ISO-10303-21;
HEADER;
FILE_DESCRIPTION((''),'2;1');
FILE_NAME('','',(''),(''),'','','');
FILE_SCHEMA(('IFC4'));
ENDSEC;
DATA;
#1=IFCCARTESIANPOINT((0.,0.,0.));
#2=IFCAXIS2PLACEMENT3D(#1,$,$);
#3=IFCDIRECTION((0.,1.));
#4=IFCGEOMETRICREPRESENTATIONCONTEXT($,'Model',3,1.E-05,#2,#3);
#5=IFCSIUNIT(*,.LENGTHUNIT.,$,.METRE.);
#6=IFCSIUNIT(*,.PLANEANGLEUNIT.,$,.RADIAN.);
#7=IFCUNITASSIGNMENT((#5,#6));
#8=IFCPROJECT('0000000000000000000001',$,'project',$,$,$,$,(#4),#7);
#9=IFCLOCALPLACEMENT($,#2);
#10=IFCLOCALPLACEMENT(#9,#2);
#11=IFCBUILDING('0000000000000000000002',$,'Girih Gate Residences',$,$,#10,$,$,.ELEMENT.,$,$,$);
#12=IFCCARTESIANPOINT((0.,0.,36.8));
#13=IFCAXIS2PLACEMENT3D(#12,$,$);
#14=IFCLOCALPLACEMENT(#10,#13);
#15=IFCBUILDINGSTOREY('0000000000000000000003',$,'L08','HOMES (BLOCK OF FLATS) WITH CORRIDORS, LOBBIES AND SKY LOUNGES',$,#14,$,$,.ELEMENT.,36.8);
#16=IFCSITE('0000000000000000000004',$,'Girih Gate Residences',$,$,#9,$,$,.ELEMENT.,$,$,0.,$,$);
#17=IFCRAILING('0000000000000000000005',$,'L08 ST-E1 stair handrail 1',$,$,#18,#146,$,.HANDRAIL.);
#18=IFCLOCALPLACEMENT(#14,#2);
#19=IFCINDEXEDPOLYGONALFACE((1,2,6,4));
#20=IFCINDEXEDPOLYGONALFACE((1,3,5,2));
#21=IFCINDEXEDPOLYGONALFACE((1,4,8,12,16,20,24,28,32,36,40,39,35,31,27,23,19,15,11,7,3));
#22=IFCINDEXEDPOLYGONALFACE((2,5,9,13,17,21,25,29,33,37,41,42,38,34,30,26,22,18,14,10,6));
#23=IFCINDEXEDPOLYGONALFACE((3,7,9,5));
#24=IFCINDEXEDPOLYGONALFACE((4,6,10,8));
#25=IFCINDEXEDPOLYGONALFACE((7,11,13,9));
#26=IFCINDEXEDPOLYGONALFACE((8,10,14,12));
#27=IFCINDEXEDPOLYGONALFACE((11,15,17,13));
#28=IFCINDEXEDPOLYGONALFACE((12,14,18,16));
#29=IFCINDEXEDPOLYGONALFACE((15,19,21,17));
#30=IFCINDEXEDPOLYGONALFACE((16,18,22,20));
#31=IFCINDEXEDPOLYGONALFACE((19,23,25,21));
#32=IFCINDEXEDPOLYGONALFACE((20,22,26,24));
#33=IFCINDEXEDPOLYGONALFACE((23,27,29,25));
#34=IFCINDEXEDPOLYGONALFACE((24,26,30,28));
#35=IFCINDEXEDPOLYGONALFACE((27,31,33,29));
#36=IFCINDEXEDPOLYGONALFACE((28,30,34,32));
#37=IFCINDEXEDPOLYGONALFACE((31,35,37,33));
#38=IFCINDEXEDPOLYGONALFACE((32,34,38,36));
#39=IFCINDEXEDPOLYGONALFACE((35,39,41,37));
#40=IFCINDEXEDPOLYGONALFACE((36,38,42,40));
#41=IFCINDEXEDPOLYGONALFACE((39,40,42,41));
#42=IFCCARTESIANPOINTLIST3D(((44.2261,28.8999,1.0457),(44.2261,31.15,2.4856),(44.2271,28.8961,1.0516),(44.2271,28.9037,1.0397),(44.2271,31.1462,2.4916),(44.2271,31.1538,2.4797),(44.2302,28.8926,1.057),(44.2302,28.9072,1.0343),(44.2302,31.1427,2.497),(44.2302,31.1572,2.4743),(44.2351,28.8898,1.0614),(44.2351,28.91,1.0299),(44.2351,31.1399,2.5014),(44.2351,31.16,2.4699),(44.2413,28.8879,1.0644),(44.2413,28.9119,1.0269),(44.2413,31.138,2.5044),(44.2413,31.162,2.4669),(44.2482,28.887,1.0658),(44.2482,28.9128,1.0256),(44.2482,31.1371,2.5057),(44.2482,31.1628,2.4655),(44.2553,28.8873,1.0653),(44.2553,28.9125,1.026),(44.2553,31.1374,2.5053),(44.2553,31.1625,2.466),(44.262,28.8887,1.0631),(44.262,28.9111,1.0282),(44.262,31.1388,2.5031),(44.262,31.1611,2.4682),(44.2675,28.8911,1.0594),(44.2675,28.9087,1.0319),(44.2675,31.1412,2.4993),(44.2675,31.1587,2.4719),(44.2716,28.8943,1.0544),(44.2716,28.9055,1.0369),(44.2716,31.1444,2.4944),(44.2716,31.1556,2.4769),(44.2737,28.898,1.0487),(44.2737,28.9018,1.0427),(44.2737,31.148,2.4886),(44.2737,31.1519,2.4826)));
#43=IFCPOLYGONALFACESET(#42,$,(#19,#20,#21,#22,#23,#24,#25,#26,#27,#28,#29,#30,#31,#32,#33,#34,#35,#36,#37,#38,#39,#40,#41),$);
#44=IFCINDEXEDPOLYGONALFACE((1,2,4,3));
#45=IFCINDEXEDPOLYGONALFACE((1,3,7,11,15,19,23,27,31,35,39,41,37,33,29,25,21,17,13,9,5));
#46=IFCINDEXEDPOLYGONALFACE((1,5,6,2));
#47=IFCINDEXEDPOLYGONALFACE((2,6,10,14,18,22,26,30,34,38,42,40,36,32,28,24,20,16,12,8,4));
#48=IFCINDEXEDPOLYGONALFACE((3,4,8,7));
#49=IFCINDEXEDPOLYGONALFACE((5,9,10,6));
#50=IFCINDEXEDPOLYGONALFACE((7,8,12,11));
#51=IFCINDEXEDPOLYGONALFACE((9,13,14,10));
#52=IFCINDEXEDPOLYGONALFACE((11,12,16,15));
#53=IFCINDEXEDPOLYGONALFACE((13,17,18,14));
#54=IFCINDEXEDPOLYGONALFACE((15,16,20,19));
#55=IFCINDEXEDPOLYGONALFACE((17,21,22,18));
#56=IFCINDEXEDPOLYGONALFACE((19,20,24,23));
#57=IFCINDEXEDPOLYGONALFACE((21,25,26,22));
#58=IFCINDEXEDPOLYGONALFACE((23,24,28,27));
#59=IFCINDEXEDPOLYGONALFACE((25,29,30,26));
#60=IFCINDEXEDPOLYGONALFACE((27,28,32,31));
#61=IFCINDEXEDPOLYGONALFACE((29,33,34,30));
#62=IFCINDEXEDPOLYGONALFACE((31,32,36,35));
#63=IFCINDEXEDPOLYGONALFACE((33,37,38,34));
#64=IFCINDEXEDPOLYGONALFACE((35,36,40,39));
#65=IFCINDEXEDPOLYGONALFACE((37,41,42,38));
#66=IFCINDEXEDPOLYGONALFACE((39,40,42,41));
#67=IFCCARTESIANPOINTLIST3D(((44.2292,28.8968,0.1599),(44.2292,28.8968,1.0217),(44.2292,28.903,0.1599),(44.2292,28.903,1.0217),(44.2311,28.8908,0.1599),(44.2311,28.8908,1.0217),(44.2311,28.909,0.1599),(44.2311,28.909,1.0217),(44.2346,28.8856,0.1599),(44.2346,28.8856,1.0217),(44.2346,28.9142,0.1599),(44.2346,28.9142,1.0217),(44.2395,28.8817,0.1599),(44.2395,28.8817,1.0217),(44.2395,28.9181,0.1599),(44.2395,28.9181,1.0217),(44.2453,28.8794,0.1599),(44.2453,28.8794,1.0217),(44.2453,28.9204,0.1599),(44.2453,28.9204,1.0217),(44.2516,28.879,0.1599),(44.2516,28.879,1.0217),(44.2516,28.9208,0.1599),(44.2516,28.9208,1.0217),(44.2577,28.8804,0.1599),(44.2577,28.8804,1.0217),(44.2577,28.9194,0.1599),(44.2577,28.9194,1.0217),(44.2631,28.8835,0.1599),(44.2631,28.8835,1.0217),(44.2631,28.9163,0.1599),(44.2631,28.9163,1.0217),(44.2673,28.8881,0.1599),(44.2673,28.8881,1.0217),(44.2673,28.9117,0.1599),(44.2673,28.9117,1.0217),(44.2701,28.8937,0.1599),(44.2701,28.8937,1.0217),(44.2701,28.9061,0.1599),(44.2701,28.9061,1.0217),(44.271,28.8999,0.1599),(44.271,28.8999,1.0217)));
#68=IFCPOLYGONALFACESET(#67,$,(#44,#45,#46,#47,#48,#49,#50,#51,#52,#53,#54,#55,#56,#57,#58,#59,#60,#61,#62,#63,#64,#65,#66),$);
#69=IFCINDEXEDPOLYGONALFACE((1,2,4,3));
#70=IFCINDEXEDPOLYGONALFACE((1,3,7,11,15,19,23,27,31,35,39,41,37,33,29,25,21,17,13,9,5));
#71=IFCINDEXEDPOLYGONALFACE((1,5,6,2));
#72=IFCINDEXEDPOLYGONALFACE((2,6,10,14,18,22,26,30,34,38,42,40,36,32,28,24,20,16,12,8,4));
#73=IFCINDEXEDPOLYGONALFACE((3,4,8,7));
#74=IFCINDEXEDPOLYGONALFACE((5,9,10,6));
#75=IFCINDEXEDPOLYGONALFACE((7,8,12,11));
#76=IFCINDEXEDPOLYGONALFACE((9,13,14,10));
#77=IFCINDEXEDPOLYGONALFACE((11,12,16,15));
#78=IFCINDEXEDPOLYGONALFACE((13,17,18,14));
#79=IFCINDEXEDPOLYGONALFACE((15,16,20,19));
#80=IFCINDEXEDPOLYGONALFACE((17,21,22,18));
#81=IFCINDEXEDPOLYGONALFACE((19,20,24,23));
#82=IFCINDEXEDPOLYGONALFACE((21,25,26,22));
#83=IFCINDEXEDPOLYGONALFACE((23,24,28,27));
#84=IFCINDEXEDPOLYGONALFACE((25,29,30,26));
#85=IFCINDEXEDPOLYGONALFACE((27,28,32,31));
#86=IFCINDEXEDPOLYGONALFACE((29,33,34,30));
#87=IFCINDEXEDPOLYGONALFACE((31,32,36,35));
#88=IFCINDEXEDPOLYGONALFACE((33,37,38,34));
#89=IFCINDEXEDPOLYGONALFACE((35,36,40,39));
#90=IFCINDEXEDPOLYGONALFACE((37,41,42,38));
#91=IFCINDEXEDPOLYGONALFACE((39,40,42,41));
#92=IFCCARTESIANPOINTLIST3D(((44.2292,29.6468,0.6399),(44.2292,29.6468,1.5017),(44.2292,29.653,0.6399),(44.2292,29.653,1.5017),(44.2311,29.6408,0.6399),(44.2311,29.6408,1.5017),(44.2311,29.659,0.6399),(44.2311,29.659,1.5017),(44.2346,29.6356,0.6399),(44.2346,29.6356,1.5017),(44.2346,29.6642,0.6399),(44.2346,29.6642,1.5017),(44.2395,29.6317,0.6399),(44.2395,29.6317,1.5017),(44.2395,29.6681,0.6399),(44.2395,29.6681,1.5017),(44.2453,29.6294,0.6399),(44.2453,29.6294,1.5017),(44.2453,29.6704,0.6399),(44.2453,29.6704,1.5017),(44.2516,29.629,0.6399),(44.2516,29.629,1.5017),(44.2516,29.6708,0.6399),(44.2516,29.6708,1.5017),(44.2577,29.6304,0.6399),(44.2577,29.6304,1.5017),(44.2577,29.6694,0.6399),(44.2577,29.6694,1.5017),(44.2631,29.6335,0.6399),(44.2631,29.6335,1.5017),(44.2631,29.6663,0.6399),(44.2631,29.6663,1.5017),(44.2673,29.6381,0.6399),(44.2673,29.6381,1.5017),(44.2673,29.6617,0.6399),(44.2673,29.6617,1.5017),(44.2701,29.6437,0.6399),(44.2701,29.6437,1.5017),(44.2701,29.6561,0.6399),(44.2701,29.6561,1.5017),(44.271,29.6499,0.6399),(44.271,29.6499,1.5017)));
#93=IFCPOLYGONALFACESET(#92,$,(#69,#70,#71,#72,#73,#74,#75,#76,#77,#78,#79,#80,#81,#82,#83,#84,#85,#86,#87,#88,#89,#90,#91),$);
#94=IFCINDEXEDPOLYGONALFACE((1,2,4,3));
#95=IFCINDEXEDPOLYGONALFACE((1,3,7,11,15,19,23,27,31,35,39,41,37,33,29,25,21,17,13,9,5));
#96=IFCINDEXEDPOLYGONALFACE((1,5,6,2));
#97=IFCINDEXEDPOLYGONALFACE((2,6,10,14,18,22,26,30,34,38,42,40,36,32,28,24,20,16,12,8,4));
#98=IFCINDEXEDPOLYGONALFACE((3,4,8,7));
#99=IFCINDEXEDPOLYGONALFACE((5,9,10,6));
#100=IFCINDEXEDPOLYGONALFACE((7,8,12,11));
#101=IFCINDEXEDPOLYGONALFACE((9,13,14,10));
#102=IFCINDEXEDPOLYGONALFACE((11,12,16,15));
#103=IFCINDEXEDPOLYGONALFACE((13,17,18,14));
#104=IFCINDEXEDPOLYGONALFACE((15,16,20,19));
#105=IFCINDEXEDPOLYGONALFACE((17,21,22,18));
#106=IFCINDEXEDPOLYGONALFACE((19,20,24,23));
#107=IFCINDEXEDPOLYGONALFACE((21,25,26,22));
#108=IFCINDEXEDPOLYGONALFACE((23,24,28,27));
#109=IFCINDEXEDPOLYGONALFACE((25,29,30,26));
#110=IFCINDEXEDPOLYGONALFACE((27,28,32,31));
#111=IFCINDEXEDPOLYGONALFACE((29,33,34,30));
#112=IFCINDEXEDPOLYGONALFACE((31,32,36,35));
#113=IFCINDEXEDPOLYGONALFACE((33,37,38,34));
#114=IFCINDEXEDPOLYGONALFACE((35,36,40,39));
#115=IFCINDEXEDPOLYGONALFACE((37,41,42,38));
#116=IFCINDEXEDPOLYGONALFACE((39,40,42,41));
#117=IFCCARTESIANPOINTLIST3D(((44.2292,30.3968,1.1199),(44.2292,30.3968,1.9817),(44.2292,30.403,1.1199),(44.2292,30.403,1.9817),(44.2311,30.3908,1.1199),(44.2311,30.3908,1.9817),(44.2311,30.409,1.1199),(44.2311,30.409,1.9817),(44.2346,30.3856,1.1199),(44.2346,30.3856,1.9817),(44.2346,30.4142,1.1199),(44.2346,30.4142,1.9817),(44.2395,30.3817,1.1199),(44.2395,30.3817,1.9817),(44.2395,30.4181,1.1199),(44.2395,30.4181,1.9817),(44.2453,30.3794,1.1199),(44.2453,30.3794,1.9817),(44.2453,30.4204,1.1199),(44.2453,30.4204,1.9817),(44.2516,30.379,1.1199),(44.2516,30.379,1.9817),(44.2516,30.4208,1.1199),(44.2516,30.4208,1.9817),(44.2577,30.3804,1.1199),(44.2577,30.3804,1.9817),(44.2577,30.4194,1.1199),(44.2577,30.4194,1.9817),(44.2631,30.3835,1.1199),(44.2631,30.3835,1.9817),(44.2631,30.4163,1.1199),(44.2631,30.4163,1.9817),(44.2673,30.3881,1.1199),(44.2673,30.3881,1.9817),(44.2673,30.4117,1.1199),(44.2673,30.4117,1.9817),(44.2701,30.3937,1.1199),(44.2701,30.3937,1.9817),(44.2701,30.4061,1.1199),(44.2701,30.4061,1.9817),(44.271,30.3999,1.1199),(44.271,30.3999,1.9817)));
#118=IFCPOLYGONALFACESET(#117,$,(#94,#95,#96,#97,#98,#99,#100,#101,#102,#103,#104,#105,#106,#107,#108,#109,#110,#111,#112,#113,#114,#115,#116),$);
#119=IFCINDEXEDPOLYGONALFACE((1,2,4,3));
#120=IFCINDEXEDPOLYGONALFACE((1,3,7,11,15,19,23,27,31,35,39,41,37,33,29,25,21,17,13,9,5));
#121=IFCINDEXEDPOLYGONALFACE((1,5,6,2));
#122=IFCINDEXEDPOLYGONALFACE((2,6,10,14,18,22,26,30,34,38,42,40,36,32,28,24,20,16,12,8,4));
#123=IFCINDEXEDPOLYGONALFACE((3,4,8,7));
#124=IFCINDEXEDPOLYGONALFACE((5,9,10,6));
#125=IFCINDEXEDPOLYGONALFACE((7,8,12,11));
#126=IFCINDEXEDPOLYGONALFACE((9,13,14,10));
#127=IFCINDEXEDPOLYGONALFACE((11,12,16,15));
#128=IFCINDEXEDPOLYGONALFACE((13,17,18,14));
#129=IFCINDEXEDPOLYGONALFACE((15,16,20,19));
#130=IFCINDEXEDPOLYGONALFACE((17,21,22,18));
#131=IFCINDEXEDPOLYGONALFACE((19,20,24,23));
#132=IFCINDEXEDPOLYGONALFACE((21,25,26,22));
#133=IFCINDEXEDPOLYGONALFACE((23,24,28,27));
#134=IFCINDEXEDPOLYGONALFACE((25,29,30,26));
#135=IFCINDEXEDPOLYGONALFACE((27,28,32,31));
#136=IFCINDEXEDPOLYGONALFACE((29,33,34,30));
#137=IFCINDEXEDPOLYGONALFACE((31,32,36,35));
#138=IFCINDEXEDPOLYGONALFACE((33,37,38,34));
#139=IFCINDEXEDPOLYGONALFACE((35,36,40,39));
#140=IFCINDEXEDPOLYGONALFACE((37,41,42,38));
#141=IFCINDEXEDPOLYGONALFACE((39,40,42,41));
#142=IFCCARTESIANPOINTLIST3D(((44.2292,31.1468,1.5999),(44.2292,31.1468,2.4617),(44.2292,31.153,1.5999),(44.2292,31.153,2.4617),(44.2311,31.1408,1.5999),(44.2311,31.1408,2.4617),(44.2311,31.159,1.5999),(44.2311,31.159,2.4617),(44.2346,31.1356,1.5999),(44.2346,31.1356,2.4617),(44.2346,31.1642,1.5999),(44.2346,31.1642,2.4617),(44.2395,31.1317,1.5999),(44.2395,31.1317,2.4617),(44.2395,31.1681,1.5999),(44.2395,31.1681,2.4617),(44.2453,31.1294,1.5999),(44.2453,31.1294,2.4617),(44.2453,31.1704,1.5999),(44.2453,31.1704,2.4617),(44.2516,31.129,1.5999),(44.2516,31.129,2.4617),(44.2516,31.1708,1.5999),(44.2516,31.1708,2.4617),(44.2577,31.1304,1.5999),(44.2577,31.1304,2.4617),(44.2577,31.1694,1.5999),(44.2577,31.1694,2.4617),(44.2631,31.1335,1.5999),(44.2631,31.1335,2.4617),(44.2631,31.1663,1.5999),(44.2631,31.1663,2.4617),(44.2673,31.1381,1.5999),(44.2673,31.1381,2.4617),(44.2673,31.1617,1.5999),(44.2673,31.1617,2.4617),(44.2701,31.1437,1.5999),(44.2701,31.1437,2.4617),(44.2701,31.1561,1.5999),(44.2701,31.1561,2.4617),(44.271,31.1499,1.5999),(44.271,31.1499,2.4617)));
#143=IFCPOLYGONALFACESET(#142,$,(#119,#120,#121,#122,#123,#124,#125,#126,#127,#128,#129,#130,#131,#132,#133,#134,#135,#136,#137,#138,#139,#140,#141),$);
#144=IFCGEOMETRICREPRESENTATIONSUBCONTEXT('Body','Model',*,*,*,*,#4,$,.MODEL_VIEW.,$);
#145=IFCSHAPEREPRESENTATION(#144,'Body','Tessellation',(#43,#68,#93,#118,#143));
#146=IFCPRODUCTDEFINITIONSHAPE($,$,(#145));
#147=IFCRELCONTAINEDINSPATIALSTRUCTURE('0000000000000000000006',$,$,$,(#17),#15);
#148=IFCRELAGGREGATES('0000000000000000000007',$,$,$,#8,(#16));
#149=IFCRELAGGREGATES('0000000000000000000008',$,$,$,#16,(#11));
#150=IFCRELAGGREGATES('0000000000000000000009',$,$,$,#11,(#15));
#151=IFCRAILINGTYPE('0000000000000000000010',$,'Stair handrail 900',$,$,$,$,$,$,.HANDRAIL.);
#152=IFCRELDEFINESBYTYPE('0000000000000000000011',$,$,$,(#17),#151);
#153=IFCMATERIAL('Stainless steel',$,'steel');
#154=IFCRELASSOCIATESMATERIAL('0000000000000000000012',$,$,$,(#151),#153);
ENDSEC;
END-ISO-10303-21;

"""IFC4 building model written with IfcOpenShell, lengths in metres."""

from ifc_helpers import new_model, si_unit, direction, frame, origin, origin_2d, place, context, subcontext, project, spatial, circle, extrude, material, type_object, element, save


model = new_model("IFC4")

# Units and contexts
model_context = context("Model", 3, precision=1e-05, world=origin(), true_north=direction((0.0, 1.0)))
body_context = subcontext(model_context, "Body", "Model", "MODEL_VIEW")
ifc_project = project(units=[si_unit("LENGTHUNIT", "METRE"), si_unit("PLANEANGLEUNIT", "RADIAN")], contexts=[model_context])

# Site, building, storey
site_placement = place(None, origin())
site = spatial("IfcSite", under=ifc_project, at=site_placement, Name="Girih Gate Residences", CompositionType="ELEMENT", RefElevation=0.0)
building_placement = place(site_placement, origin())
building = spatial("IfcBuilding", under=site, at=building_placement, Name="Girih Gate Residences", CompositionType="ELEMENT")
storey_placement = place(building_placement, frame((0.0, 0.0, 36.8)))
storey = spatial("IfcBuildingStorey", under=building, at=storey_placement, Name="L08", Description="HOMES (BLOCK OF FLATS) WITH CORRIDORS, LOBBIES AND SKY LOUNGES", CompositionType="ELEMENT", Elevation=36.8)

# Railing
ifc_material_1 = material(Name="Stainless steel", Category="steel")
railing_type_1 = type_object("IfcRailingType", Name="Stair handrail 900", PredefinedType="HANDRAIL", material=ifc_material_1)
railing_1_placement = place(storey_placement, frame((44.25, 28.8999, 0.1599)))
element("IfcRailing", 1, at=railing_1_placement, inside=storey, type_object=railing_type_1, Name="L08 ST-E1 stair handrail 1", PredefinedType="HANDRAIL", context=body_context, shape_type="SweptSolid", body=[
    extrude(circle(Radius=0.0239, at=origin_2d()), frame((0.0, 0.0, 0.8857), z_axis=(0.0, 0.842281, 0.539038), x_axis=(-1.0, 0.0, 0.0)), (0.0, 0.0, 1.0), 2.6714),
    extrude(circle(Radius=0.021, at=origin_2d()), origin(), (0.0, 0.0, 1.0), 0.8618),
    extrude(circle(Radius=0.021, at=origin_2d()), frame((0.0, 0.75, 0.48)), (0.0, 0.0, 1.0), 0.8618),
    extrude(circle(Radius=0.021, at=origin_2d()), frame((0.0, 1.5, 0.96)), (0.0, 0.0, 1.0), 0.8618),
    extrude(circle(Radius=0.021, at=origin_2d()), frame((0.0, 2.25, 1.4399)), (0.0, 0.0, 1.0), 0.8618),
])

save(model, "model.ifc")
